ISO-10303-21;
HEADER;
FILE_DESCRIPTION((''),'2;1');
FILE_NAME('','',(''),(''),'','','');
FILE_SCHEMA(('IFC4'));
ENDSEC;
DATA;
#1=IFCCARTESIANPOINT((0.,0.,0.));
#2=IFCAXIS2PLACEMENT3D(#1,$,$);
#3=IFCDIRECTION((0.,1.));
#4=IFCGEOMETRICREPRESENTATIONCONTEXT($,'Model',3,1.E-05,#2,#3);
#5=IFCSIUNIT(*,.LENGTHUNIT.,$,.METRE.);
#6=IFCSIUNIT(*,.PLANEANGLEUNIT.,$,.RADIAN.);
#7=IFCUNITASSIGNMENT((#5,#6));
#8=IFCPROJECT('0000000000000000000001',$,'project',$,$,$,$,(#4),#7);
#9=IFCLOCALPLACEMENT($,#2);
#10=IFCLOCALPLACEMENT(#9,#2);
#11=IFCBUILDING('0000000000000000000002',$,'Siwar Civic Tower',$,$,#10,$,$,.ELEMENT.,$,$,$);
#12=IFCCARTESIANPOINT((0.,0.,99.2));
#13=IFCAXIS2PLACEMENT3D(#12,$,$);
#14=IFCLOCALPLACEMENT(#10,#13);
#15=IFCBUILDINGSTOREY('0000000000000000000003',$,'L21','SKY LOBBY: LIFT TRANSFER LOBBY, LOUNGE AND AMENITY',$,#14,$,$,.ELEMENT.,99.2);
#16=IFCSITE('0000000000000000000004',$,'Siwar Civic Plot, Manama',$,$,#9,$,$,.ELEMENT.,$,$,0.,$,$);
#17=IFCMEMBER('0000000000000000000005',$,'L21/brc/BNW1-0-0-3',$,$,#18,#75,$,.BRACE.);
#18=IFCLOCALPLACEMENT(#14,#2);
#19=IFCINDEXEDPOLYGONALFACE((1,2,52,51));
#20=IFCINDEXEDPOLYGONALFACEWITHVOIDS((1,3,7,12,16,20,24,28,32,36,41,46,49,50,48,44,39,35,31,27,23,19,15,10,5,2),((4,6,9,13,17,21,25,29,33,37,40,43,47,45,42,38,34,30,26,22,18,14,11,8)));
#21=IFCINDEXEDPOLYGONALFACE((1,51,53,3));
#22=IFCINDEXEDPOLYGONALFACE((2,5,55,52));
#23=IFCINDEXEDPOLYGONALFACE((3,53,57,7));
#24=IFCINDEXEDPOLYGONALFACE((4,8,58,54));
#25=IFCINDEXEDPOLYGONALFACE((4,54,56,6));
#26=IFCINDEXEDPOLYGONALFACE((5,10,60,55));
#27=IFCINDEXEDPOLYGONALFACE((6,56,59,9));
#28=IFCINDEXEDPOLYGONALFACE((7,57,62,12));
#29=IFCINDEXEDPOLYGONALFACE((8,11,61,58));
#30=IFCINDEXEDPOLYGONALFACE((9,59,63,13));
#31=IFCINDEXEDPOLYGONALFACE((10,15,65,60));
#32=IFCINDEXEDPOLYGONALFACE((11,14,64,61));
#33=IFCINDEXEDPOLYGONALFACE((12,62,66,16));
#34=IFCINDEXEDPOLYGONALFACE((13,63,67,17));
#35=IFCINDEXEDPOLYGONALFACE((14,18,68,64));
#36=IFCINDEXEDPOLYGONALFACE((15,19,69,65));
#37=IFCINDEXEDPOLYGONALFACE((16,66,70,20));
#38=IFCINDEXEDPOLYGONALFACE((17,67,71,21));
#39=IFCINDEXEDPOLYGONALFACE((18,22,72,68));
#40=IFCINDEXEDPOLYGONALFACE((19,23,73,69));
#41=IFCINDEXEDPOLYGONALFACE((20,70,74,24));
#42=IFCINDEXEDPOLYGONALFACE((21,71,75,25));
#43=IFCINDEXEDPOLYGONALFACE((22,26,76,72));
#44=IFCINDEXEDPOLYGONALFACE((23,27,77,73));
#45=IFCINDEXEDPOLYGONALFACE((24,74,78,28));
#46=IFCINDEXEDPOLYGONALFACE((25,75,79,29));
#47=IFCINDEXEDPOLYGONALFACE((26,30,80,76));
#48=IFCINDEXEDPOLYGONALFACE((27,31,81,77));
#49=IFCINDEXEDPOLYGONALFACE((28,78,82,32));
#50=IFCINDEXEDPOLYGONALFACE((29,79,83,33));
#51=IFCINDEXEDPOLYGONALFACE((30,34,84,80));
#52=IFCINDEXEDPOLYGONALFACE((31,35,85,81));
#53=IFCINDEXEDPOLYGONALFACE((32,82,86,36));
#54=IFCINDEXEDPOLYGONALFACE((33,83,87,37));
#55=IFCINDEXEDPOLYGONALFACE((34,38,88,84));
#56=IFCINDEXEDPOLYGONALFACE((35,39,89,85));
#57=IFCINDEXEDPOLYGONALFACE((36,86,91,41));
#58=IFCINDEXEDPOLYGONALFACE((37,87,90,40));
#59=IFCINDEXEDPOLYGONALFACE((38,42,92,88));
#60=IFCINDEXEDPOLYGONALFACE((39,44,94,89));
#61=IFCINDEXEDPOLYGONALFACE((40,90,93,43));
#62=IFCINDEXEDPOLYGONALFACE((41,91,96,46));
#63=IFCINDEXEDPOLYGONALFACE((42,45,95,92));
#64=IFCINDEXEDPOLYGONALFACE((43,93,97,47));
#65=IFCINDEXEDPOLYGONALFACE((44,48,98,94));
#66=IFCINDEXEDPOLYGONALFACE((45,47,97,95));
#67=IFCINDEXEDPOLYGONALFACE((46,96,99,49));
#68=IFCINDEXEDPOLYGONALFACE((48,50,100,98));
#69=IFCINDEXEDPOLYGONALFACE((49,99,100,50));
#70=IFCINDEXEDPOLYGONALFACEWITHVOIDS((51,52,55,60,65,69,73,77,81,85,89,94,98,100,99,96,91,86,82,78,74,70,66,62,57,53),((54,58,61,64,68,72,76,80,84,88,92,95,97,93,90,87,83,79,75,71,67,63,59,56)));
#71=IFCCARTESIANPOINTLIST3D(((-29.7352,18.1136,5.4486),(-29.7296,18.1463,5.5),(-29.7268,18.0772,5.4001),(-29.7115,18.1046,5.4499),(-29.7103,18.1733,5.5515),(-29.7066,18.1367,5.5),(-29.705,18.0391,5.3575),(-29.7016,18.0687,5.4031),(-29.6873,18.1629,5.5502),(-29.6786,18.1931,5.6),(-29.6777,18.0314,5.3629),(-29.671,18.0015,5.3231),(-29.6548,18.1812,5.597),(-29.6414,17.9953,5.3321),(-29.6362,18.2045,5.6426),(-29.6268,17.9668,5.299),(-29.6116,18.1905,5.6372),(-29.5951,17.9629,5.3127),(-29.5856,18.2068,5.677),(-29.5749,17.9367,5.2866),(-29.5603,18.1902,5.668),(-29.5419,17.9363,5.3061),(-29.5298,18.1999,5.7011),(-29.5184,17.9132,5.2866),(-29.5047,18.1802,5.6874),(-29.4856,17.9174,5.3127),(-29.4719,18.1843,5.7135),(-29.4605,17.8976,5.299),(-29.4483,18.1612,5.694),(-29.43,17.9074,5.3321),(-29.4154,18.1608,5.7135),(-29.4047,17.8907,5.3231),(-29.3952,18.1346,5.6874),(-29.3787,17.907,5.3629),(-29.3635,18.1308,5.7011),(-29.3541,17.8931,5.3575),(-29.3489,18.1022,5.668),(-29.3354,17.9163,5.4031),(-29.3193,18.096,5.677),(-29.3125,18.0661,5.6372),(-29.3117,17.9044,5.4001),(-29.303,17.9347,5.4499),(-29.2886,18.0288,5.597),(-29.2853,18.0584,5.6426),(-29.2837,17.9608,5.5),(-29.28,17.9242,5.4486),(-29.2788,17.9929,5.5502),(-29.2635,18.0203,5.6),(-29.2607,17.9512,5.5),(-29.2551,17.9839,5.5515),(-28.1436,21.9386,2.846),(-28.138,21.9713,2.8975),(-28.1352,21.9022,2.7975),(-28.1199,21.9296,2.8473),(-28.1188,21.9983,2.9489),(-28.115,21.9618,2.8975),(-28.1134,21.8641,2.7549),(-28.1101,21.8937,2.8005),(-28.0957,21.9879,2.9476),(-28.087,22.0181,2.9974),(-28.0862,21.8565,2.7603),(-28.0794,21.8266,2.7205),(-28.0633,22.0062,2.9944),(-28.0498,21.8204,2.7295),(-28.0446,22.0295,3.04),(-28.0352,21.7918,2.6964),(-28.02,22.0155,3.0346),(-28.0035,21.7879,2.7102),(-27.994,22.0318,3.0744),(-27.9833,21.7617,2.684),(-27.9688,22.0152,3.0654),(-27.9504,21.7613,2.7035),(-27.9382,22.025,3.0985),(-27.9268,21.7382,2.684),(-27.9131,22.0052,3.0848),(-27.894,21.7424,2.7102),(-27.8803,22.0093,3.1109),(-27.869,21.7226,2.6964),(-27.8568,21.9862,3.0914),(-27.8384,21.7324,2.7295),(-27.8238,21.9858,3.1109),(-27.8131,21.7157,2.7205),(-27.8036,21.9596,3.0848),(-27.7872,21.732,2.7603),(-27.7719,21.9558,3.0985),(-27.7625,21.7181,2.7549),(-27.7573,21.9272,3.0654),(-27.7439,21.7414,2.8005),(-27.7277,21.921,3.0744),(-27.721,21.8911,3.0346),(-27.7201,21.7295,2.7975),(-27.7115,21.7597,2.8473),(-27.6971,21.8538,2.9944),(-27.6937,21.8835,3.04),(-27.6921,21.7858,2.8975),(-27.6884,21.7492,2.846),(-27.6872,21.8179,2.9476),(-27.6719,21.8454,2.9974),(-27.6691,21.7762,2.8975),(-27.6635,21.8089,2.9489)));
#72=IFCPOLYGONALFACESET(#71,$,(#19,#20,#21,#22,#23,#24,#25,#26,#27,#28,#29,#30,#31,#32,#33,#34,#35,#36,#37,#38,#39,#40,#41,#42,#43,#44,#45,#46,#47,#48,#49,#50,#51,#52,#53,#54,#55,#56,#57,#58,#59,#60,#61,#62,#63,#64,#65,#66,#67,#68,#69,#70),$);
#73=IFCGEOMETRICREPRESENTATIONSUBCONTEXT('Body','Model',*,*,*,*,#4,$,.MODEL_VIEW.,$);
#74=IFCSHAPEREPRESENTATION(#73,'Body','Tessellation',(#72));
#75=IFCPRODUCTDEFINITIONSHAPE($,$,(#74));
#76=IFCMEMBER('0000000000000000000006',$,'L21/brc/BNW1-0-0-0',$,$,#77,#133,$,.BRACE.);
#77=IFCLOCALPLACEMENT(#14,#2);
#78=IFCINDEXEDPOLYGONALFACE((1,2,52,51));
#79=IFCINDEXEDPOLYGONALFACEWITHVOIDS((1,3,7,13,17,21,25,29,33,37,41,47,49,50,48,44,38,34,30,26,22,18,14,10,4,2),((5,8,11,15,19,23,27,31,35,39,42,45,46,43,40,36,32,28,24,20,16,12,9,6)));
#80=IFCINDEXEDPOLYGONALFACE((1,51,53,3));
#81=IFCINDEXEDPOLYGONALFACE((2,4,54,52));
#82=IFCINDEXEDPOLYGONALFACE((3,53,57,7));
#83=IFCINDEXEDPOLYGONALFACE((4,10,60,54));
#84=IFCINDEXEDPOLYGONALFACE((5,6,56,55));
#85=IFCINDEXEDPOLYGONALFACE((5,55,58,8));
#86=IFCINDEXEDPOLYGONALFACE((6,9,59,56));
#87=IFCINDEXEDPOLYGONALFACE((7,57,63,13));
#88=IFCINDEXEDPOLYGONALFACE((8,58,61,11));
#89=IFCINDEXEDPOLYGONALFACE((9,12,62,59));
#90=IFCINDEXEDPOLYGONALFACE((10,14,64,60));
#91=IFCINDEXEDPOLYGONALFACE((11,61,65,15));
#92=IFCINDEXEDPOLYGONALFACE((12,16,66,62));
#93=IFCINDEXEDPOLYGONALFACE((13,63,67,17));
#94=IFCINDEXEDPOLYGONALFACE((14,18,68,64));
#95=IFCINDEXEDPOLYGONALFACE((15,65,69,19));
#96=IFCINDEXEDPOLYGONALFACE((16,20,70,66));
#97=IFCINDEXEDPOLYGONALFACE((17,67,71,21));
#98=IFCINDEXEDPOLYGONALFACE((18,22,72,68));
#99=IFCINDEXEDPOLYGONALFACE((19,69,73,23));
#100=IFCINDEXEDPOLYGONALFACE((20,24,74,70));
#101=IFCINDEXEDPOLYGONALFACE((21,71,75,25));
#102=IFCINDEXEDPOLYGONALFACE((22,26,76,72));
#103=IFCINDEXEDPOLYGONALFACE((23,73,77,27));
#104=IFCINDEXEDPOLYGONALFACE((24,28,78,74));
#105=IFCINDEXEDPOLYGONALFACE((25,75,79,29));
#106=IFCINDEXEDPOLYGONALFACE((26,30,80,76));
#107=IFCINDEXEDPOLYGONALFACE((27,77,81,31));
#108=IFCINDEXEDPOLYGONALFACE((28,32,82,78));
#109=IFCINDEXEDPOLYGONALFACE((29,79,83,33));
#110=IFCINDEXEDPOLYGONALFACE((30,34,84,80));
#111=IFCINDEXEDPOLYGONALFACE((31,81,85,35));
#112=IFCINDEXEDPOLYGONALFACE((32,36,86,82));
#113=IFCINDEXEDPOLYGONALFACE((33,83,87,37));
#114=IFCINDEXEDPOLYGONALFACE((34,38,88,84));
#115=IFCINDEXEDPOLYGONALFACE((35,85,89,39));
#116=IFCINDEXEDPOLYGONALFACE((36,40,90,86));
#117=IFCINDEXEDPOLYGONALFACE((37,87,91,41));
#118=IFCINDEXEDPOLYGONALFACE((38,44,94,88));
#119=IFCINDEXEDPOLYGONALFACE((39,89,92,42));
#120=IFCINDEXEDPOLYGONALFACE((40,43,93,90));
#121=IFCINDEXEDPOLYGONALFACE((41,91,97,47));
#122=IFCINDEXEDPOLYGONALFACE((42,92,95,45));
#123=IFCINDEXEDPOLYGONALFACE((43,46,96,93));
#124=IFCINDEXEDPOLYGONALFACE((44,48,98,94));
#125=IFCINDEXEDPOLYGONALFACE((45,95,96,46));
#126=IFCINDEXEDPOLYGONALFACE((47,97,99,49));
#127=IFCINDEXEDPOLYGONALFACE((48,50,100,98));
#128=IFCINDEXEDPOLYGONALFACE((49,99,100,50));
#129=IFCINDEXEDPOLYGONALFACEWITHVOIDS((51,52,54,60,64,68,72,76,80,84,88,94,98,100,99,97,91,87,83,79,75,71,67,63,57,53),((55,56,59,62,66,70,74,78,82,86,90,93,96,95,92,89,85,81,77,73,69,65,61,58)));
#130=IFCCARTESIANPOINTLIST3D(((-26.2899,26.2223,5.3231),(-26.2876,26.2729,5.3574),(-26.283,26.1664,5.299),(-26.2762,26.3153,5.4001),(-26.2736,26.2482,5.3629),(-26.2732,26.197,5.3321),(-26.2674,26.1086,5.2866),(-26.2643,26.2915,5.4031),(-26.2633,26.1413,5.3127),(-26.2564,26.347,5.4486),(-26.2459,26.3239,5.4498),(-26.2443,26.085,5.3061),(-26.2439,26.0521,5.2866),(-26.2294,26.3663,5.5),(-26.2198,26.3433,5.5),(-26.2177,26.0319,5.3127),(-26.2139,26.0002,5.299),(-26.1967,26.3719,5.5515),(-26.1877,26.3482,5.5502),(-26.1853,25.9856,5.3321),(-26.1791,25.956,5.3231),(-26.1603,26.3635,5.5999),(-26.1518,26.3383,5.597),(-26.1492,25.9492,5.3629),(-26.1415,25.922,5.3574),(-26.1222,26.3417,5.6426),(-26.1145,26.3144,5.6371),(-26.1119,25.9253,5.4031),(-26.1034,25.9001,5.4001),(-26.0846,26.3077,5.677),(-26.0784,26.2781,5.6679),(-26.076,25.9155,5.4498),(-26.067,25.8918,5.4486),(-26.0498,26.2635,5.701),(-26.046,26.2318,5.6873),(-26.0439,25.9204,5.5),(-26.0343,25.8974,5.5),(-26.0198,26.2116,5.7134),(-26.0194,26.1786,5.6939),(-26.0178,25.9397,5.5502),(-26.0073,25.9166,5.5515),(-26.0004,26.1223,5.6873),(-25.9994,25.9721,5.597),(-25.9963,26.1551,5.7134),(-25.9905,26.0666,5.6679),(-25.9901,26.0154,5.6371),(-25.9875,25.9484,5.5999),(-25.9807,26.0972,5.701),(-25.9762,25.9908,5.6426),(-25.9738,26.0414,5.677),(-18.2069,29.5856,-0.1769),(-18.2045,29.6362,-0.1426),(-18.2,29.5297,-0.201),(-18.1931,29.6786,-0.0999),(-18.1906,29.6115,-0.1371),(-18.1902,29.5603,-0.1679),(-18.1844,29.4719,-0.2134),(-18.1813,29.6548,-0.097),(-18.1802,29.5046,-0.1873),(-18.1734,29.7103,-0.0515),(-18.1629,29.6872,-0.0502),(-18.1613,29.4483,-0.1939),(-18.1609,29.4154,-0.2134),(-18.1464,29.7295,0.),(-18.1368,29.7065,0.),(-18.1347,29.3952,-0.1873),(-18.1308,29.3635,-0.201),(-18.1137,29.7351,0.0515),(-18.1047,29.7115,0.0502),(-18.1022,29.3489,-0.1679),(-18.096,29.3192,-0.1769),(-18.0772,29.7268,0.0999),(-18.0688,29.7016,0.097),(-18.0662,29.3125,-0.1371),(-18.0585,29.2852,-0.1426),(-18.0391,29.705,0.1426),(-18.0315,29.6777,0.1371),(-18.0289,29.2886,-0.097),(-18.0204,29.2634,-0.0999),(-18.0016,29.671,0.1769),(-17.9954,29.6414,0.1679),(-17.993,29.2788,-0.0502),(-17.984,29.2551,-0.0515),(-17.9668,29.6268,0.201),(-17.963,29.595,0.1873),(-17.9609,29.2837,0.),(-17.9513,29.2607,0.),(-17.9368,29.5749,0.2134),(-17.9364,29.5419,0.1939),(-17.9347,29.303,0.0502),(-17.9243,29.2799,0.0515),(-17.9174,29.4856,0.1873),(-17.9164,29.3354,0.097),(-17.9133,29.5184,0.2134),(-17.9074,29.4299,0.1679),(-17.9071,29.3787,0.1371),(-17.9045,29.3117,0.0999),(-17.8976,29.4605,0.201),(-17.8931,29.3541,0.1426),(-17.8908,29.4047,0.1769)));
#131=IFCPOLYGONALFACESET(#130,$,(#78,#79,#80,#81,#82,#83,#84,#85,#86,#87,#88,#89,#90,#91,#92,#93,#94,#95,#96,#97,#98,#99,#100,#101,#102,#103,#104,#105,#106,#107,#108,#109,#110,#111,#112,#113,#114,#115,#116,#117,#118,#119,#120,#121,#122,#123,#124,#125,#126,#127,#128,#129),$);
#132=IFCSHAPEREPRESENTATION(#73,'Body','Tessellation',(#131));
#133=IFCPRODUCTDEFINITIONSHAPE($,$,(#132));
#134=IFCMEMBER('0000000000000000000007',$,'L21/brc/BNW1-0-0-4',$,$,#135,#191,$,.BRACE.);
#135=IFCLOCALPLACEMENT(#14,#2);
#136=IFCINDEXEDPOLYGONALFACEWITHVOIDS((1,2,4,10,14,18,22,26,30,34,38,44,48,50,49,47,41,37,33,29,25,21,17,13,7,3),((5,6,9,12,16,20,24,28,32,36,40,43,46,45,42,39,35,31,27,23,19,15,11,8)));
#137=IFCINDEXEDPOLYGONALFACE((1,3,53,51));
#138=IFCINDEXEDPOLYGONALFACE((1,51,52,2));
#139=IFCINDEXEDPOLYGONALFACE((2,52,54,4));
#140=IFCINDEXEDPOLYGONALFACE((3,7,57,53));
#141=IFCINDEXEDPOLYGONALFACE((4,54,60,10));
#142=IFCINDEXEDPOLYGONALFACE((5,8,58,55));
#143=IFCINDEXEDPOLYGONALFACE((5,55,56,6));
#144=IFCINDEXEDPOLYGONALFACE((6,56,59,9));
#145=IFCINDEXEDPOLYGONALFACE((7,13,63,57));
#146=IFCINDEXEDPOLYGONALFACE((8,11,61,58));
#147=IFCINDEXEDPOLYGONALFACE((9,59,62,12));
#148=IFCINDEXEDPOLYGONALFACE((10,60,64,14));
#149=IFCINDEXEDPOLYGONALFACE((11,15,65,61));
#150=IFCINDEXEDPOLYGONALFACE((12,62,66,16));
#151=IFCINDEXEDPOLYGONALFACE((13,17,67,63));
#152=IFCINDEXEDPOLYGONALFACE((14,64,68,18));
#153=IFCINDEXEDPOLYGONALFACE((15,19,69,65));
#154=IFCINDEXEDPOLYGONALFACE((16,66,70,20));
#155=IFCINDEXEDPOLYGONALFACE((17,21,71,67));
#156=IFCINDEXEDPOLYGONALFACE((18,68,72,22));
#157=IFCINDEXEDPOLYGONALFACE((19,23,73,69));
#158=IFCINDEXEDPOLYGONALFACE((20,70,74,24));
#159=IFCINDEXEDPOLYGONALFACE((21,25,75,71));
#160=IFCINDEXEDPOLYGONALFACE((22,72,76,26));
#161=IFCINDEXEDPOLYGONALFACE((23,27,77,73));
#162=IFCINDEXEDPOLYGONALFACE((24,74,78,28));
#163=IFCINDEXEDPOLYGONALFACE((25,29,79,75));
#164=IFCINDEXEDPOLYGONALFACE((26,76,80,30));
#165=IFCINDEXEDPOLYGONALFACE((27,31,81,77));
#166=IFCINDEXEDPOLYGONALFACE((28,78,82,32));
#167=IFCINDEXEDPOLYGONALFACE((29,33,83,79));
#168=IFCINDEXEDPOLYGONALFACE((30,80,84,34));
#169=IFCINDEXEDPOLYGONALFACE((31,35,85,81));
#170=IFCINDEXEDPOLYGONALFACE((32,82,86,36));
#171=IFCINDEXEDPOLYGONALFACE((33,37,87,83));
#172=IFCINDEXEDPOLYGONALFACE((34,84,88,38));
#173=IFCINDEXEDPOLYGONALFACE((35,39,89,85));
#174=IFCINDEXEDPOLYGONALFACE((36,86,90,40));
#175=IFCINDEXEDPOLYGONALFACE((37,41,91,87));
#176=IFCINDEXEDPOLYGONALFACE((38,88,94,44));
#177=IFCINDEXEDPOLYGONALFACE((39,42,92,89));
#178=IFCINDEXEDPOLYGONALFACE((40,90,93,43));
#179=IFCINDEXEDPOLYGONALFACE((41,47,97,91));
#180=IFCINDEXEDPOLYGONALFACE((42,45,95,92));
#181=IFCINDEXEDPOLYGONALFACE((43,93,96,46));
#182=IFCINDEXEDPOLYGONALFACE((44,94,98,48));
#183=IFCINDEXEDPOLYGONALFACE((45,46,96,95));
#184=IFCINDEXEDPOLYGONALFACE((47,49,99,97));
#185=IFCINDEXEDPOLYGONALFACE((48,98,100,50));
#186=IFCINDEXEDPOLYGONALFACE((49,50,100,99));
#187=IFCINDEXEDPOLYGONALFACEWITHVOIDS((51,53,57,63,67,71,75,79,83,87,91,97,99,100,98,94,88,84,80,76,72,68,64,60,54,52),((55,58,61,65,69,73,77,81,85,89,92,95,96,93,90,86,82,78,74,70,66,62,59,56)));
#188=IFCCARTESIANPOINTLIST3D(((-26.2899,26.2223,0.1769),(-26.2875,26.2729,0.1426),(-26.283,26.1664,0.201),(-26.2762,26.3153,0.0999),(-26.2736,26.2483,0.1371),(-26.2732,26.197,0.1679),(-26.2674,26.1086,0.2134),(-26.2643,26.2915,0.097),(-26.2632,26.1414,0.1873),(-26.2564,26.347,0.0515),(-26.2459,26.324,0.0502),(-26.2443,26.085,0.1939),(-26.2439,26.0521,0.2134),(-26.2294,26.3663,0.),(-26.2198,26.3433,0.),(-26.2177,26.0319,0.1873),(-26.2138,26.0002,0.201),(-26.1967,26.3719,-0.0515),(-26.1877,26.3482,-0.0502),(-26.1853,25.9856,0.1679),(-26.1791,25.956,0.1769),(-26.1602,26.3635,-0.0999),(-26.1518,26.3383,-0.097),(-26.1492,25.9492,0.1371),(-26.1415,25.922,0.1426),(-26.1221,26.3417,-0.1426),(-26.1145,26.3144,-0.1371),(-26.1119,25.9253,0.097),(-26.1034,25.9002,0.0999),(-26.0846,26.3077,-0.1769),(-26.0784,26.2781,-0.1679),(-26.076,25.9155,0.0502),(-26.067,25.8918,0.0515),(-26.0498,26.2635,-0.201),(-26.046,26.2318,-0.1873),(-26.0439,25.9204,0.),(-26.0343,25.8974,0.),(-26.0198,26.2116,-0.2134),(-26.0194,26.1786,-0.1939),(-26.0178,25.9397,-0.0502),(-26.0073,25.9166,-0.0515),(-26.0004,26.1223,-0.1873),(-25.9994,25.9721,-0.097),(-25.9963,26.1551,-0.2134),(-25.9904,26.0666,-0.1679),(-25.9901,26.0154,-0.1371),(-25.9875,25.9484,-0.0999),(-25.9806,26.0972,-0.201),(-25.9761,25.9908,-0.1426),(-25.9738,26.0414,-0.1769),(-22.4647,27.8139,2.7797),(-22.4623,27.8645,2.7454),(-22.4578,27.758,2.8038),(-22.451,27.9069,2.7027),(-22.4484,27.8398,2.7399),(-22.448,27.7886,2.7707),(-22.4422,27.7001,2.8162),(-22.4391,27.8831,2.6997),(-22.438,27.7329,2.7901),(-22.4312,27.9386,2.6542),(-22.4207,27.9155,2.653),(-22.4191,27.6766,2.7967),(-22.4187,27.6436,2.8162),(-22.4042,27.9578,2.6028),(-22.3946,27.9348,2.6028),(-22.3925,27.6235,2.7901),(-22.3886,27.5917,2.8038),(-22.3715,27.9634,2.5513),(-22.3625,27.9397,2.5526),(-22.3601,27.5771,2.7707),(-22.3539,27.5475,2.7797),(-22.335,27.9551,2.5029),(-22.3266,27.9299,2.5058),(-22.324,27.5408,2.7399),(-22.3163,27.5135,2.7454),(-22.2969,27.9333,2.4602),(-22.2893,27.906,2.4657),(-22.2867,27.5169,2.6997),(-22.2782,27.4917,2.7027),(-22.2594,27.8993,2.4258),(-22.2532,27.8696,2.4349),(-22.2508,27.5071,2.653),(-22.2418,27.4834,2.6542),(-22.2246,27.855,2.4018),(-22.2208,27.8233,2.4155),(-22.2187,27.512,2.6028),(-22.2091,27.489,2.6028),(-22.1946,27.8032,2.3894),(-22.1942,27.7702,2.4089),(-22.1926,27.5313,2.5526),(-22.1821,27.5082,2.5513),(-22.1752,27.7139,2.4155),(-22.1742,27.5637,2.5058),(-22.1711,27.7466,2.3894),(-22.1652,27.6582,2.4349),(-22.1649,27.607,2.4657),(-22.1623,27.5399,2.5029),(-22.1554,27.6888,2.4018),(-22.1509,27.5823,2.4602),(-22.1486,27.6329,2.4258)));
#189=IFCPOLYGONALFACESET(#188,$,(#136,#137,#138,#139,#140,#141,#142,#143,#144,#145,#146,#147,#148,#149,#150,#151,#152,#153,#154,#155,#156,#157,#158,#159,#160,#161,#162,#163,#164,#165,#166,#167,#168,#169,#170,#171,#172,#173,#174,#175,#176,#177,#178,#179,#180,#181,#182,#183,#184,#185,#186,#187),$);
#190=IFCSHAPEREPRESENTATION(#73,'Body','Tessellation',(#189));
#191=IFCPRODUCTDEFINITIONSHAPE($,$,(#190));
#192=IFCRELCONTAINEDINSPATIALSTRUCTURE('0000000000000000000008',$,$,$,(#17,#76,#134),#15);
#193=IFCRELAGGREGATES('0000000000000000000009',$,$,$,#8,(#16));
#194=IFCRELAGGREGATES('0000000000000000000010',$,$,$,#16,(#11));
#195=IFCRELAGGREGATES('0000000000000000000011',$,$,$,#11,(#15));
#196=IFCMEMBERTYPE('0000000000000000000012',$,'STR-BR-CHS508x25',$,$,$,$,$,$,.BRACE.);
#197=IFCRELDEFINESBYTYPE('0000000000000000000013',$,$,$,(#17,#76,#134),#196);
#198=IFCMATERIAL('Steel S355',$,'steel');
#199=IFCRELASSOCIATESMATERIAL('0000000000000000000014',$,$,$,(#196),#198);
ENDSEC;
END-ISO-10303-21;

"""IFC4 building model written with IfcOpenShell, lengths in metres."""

from ifc_helpers import new_model, si_unit, direction, frame, origin, origin_2d, place, context, subcontext, project, spatial, hollow_circle, extrude, material, material_profile, profile_set, type_object, element, save


model = new_model("IFC4")

# Units and contexts
model_context = context("Model", 3, precision=1e-05, world=origin(), true_north=direction((0.0, 1.0)))
body_context = subcontext(model_context, "Body", "Model", "MODEL_VIEW")
ifc_project = project(units=[si_unit("LENGTHUNIT", "METRE"), si_unit("PLANEANGLEUNIT", "RADIAN")], contexts=[model_context])

# Site, building, storey
site_placement = place(None, origin())
site = spatial("IfcSite", under=ifc_project, at=site_placement, Name="Siwar Civic Plot, Manama", CompositionType="ELEMENT", RefElevation=0.0)
building_placement = place(site_placement, origin())
building = spatial("IfcBuilding", under=site, at=building_placement, Name="Siwar Civic Tower", CompositionType="ELEMENT")
storey_placement = place(building_placement, frame((0.0, 0.0, 99.2)))
storey = spatial("IfcBuildingStorey", under=building, at=storey_placement, Name="L21", Description="SKY LOBBY: LIFT TRANSFER LOBBY, LOUNGE AND AMENITY", CompositionType="ELEMENT", Elevation=99.2)

# Members
ifc_material_1 = material(Name="Steel S355", Category="steel")
ifc_material_profile_1 = material_profile(ifc_material_1, hollow_circle(Radius=0.2539, WallThickness=0.0249, at=origin_2d()), Name="CHS508x25")
ifc_profile_set_1 = profile_set([ifc_material_profile_1], Name="Steel S355")
member_type_1 = type_object("IfcMemberType", Name="STR-BR-CHS508x25", PredefinedType="BRACE", material=ifc_profile_set_1)
member_1_placement = place(storey_placement, frame((-27.9036, 21.8738, 2.8975), z_axis=(-0.325305, -0.7818, 0.531945), x_axis=(0.923263, -0.384168, 0.0)))
element("IfcMember", 1, at=member_1_placement, inside=storey, type_object=member_type_1, Name="L21/brc/BNW1-0-0-3", PredefinedType="BRACE", context=body_context, shape_type="SweptSolid", body=[
    extrude(hollow_circle(Radius=0.2539, WallThickness=0.0249, at=origin_2d()), origin(), (0.0, 0.0, 1.0), 4.8926),
])
member_2_placement = place(storey_placement, frame((-18.0488, 29.4951, 0.0), z_axis=(-0.781791, -0.325298, 0.531962), x_axis=(0.384164, -0.923265, 0.0)))
element("IfcMember", 2, at=member_2_placement, inside=storey, type_object=member_type_1, Name="L21/brc/BNW1-0-0-0", PredefinedType="BRACE", context=body_context, shape_type="SweptSolid", body=[
    extrude(hollow_circle(Radius=0.2539, WallThickness=0.0249, at=origin_2d()), origin(), (0.0, 0.0, 1.0), 10.3391),
])
member_3_placement = place(storey_placement, frame((-26.1318, 26.1318, 0.0), z_axis=(0.781798, 0.325284, 0.53196), x_axis=(-0.384147, 0.923272, 0.0)))
element("IfcMember", 3, at=member_3_placement, inside=storey, type_object=member_type_1, Name="L21/brc/BNW1-0-0-4", PredefinedType="BRACE", context=body_context, shape_type="SweptSolid", body=[
    extrude(hollow_circle(Radius=0.2539, WallThickness=0.0249, at=origin_2d()), origin(), (0.0, 0.0, 1.0), 4.8928),
])

save(model, "model.ifc")
